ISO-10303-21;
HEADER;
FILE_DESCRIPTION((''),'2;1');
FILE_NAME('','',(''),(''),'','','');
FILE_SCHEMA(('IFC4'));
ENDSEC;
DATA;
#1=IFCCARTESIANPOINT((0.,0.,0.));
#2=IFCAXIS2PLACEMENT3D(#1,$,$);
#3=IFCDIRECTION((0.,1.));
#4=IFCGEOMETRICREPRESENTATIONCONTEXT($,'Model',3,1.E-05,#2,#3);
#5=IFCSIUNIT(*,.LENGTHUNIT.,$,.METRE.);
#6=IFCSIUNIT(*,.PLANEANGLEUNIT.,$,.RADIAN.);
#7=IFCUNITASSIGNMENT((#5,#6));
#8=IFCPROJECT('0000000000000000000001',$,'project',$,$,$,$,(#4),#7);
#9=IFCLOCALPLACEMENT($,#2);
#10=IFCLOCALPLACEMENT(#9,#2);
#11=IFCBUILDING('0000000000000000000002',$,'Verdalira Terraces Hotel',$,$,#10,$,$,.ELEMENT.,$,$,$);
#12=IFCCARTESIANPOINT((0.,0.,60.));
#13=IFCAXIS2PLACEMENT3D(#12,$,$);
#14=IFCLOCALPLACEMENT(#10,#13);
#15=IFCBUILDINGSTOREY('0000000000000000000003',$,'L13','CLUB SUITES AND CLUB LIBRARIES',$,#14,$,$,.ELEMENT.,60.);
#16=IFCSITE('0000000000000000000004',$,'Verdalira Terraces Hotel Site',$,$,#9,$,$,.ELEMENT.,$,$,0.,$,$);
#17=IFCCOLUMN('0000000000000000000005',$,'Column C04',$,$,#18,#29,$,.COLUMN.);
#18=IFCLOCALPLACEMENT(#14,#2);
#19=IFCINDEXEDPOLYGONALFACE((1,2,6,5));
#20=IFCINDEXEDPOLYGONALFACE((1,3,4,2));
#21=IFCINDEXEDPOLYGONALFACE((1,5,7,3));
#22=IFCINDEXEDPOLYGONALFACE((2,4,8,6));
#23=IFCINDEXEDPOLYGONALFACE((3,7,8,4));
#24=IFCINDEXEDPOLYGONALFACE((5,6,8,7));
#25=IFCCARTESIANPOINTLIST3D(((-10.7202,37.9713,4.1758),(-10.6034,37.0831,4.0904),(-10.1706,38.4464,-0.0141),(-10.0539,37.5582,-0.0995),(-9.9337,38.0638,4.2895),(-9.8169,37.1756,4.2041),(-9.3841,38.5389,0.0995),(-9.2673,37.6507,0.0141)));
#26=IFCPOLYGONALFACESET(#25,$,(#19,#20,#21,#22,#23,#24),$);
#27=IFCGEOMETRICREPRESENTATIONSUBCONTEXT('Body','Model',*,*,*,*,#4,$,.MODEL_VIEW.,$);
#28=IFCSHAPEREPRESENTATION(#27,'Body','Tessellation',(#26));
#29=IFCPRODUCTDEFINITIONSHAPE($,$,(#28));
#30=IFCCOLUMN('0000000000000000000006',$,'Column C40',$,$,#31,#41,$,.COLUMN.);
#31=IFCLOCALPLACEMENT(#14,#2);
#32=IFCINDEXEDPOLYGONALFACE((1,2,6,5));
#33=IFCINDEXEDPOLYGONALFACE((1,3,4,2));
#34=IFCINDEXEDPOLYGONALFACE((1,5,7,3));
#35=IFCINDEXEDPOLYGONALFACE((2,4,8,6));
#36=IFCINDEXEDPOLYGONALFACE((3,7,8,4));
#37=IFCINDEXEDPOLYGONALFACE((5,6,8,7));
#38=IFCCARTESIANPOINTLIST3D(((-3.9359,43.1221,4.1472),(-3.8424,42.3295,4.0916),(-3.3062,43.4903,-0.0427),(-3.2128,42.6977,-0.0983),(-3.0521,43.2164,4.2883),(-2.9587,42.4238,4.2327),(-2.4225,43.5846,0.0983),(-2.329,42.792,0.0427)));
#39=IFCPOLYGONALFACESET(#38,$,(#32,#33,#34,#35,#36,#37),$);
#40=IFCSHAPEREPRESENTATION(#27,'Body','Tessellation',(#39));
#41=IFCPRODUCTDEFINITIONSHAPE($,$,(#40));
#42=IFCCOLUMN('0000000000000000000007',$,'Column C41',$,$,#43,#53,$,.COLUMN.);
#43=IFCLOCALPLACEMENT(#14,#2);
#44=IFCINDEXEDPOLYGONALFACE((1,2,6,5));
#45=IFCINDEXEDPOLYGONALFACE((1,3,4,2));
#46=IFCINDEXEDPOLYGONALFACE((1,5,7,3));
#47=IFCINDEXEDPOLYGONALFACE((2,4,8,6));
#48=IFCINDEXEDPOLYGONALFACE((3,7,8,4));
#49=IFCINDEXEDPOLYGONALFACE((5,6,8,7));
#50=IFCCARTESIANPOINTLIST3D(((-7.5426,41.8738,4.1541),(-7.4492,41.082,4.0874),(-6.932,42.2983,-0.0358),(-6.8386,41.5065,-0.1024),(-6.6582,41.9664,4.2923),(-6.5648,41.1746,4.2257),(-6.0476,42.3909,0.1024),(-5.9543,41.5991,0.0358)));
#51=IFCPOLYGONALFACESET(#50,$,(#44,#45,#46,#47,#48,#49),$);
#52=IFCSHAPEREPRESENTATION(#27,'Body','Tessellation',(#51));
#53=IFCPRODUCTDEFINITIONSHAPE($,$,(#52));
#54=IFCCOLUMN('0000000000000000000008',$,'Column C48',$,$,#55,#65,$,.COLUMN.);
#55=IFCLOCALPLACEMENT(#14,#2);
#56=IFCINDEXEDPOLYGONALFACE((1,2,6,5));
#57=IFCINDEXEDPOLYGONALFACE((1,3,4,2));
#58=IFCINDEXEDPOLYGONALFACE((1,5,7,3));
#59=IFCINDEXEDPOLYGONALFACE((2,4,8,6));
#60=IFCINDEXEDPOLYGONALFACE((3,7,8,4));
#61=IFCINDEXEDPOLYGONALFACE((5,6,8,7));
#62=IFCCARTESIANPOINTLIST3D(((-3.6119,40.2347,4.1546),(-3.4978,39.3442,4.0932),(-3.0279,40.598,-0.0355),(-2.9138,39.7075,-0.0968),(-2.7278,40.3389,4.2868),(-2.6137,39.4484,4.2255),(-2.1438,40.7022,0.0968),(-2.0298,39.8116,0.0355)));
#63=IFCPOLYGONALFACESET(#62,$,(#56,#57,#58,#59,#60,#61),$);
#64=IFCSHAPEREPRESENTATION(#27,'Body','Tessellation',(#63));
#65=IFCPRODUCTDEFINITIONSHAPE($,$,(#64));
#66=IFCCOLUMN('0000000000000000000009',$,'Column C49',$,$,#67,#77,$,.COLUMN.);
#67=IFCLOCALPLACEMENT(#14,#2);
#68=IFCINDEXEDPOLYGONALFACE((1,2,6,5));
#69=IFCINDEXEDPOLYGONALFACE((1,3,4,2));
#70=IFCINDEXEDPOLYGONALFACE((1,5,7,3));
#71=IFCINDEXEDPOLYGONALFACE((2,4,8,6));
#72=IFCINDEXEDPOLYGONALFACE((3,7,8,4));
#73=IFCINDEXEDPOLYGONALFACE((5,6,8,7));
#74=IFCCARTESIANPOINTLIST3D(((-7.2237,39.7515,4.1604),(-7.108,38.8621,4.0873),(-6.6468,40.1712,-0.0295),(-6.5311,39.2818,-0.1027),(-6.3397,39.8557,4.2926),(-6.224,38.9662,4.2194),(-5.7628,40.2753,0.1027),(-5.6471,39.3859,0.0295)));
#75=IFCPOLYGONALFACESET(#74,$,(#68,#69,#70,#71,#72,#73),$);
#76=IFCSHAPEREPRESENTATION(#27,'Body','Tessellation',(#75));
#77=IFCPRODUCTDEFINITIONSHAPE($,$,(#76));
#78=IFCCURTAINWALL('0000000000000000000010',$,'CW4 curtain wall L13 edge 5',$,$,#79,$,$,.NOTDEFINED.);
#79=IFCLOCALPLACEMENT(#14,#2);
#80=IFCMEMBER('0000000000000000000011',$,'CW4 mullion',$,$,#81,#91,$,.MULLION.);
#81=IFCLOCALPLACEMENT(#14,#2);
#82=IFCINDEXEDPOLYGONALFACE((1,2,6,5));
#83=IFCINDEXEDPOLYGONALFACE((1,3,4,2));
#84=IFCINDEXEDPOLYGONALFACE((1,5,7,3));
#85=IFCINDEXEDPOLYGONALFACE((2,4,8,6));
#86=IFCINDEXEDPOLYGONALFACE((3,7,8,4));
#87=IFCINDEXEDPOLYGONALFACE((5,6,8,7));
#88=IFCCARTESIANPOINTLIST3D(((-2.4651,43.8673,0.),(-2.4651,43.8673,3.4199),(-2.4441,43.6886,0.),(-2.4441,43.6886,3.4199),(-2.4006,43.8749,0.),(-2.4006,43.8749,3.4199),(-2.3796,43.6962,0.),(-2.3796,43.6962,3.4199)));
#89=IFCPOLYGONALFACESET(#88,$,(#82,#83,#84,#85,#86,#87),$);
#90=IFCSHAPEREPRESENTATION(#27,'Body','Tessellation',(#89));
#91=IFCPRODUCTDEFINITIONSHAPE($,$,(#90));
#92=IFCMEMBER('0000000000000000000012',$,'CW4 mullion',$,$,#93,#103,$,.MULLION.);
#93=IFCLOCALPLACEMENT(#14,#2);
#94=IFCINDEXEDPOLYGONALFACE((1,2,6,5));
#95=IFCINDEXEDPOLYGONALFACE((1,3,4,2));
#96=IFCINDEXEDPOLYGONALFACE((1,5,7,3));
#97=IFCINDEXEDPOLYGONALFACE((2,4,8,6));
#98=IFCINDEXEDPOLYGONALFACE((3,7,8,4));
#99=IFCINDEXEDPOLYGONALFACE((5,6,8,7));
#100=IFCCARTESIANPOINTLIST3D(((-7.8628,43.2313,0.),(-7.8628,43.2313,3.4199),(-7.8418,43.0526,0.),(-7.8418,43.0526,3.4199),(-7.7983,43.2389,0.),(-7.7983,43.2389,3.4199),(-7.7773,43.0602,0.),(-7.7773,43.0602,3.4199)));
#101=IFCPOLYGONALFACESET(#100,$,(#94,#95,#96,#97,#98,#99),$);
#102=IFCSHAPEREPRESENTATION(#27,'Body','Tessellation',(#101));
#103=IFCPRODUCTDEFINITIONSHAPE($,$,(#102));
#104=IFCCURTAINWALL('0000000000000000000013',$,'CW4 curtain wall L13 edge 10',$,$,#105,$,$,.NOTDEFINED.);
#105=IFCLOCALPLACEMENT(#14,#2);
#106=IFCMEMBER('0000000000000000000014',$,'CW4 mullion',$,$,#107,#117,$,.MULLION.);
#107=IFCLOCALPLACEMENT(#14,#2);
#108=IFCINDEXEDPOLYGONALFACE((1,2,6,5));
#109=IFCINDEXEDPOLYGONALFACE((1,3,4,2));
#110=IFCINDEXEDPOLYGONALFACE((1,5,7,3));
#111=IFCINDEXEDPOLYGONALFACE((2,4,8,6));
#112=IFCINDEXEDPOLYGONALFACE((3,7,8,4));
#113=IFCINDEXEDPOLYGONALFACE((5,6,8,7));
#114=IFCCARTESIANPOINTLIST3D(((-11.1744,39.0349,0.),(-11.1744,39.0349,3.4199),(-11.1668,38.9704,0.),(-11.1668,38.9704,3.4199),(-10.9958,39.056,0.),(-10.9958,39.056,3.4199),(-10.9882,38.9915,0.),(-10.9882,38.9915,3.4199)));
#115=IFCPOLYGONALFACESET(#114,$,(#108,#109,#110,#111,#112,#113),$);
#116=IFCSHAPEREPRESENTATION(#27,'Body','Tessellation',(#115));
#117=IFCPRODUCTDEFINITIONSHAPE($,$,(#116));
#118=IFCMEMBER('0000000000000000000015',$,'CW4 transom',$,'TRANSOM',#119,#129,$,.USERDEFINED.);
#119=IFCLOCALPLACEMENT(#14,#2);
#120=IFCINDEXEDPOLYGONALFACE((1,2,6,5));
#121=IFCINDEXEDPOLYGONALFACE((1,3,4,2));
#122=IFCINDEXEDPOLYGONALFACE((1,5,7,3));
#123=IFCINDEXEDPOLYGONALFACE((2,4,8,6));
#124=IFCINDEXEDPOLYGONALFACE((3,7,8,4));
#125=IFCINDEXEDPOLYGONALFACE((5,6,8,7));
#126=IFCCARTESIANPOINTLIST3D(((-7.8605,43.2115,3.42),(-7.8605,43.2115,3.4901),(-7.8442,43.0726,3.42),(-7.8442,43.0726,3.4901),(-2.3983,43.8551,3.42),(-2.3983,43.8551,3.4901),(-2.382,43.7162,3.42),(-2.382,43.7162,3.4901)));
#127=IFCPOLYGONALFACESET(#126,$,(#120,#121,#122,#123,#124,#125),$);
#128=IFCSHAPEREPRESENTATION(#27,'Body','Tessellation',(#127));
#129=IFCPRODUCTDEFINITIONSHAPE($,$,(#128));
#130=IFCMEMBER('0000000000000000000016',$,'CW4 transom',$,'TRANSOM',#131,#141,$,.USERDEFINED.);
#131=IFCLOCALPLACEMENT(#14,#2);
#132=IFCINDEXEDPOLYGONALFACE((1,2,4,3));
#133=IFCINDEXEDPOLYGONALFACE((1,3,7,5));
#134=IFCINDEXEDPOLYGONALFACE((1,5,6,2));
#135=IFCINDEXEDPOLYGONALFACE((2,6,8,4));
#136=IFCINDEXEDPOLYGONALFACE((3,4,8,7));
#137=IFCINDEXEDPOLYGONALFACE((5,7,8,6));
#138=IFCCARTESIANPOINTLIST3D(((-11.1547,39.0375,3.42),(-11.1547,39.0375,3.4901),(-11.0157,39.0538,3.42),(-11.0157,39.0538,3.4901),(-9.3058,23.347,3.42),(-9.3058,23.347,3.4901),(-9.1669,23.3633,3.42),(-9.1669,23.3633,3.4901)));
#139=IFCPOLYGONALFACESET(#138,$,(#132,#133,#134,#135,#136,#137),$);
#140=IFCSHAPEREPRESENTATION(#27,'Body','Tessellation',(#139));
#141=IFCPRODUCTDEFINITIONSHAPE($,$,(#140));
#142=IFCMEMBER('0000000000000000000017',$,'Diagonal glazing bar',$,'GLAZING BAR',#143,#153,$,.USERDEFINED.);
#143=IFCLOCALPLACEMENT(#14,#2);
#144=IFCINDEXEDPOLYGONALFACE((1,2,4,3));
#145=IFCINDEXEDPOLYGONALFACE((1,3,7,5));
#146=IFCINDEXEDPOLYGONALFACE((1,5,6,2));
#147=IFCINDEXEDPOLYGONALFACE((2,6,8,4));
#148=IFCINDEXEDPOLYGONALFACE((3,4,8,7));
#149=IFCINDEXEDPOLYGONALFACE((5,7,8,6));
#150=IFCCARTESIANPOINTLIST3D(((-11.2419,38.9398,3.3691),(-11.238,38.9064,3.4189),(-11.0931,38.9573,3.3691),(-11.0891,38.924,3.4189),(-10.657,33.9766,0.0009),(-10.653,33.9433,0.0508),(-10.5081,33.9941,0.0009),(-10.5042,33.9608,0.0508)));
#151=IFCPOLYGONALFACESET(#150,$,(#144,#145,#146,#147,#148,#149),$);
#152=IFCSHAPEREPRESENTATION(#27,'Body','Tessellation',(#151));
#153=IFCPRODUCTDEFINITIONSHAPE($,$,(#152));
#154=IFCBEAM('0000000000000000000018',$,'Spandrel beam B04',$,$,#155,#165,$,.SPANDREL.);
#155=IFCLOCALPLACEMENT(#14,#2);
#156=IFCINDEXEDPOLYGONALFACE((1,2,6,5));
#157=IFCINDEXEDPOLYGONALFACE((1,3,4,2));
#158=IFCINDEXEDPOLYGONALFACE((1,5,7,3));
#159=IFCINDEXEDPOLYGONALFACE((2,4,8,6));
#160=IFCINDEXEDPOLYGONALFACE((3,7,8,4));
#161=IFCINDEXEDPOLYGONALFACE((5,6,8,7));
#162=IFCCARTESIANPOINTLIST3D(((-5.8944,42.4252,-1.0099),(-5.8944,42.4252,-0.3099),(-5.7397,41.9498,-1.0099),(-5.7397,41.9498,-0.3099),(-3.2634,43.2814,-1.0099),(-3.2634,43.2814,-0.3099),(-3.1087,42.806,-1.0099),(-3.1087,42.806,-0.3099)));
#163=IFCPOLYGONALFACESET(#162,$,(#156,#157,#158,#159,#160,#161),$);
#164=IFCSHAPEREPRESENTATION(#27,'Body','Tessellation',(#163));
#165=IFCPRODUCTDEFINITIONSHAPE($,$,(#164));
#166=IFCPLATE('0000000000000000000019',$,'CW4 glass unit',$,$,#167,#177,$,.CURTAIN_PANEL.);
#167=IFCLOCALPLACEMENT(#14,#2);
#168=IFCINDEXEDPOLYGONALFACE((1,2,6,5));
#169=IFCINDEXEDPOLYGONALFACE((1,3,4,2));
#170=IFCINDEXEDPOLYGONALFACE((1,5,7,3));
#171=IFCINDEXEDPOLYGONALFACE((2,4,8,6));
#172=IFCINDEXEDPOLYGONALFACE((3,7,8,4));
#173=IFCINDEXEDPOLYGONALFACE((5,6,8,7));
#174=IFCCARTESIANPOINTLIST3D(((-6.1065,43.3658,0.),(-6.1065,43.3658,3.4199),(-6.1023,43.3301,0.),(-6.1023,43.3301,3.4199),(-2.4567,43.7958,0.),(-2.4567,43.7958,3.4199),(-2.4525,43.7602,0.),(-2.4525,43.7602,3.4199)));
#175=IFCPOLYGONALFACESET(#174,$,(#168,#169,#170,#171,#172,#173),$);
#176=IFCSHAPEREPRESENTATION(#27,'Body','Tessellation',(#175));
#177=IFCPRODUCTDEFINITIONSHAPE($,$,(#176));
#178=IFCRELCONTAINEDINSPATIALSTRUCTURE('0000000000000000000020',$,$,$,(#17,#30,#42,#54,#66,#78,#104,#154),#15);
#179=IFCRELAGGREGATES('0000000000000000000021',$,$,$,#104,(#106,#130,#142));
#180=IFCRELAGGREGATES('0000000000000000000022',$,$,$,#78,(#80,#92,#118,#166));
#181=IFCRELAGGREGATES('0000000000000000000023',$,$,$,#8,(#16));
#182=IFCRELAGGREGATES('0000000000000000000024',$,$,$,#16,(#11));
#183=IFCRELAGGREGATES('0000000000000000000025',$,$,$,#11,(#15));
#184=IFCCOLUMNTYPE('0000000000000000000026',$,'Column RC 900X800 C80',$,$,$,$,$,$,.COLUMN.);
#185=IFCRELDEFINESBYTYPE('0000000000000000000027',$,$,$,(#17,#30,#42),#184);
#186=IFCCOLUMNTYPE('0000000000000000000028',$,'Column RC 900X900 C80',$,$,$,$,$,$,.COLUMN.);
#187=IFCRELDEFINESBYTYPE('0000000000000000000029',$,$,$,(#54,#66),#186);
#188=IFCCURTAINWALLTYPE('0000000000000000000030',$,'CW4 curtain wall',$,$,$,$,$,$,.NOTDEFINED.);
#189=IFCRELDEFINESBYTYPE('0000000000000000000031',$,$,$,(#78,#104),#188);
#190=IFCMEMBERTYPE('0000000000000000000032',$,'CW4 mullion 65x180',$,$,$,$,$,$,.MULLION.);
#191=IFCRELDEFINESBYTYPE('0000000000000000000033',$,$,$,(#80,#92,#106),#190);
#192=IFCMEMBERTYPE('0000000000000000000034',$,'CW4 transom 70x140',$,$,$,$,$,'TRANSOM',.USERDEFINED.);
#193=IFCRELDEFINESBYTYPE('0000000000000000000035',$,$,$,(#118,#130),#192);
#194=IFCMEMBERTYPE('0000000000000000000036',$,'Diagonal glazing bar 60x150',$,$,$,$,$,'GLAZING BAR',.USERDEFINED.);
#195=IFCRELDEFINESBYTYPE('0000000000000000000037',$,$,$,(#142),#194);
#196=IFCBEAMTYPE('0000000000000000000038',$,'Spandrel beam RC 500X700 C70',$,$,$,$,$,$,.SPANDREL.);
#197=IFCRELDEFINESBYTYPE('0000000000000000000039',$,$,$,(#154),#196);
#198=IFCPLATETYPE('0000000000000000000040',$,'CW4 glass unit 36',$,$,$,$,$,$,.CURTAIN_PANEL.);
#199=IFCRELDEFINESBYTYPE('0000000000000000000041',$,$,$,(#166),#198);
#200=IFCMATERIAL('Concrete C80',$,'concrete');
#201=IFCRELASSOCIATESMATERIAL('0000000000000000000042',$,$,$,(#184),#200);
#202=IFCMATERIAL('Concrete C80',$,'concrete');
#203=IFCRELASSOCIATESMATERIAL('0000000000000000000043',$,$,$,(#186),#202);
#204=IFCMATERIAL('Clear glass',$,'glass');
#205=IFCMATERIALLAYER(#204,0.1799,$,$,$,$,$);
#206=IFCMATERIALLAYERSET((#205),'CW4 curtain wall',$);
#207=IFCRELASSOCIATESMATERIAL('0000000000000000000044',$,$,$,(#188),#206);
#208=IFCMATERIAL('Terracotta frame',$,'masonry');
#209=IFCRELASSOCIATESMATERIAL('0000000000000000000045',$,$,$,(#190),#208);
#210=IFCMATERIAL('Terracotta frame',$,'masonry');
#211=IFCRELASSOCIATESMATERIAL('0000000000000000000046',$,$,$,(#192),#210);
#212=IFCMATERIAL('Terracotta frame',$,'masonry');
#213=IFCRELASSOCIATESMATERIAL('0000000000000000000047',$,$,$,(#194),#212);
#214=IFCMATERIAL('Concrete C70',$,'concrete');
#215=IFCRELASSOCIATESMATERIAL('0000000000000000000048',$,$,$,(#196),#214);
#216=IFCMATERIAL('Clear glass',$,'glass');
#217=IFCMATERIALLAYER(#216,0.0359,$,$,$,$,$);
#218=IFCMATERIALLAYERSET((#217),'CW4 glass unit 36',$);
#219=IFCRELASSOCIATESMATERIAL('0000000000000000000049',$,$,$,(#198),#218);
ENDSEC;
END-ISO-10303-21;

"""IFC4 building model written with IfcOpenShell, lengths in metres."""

from ifc_helpers import new_model, si_unit, direction, frame, origin, origin_2d, place, context, subcontext, project, spatial, rectangle, extrude, material, layer, layer_set, material_profile, profile_set, type_object, element, aggregate, save


model = new_model("IFC4")

# Units and contexts
model_context = context("Model", 3, precision=1e-05, world=origin(), true_north=direction((0.0, 1.0)))
body_context = subcontext(model_context, "Body", "Model", "MODEL_VIEW")
ifc_project = project(units=[si_unit("LENGTHUNIT", "METRE"), si_unit("PLANEANGLEUNIT", "RADIAN")], contexts=[model_context])

# Site, building, storey
site_placement = place(None, origin())
site = spatial("IfcSite", under=ifc_project, at=site_placement, Name="Verdalira Terraces Hotel Site", CompositionType="ELEMENT", RefElevation=0.0)
building_placement = place(site_placement, origin())
building = spatial("IfcBuilding", under=site, at=building_placement, Name="Verdalira Terraces Hotel", CompositionType="ELEMENT")
storey_placement = place(building_placement, frame((0.0, 0.0, 60.0)))
storey = spatial("IfcBuildingStorey", under=building, at=storey_placement, Name="L13", Description="CLUB SUITES AND CLUB LIBRARIES", CompositionType="ELEMENT", Elevation=60.0)

# Columns
ifc_material_1 = material(Name="Concrete C80", Category="concrete")
ifc_material_profile_1 = material_profile(ifc_material_1, rectangle(XDim=0.8999, YDim=0.8, at=origin_2d()), Name="RC 900X800")
ifc_profile_set_1 = profile_set([ifc_material_profile_1], Name="Concrete C80")
column_type_1 = type_object("IfcColumnType", Name="Column RC 900X800 C80", PredefinedType="COLUMN", material=ifc_profile_set_1)
column_1_placement = place(storey_placement, frame((-9.719, 38.0486, 0.0), z_axis=(-0.129234, -0.111723, 0.9853), x_axis=(0.129773, -0.986992, -0.094894)))
element("IfcColumn", 1, at=column_1_placement, inside=storey, type_object=column_type_1, Name="Column C04", PredefinedType="COLUMN", context=body_context, shape_type="SweptSolid", body=[
    extrude(rectangle(XDim=0.8999, YDim=0.8, at=origin_2d()), origin(), (0.0, 0.0, 1.0), 4.2524),
])
column_2_placement = place(storey_placement, frame((-2.8176, 43.1411, 0.0), z_axis=(-0.148047, -0.086567, 0.985184), x_axis=(-0.982058, -0.104788, -0.156785)))
element("IfcColumn", 2, at=column_2_placement, inside=storey, type_object=column_type_1, Name="Column C40", PredefinedType="COLUMN", context=body_context, shape_type="SweptSolid", body=[
    extrude(rectangle(XDim=0.8999, YDim=0.8, at=origin_2d()), origin(), (0.0, 0.0, 1.0), 4.2529),
])
column_3_placement = place(storey_placement, frame((-6.4431, 41.9487, 0.0), z_axis=(-0.143486, -0.099769, 0.98461), x_axis=(-0.982753, -0.102911, -0.153643)))
element("IfcColumn", 3, at=column_3_placement, inside=storey, type_object=column_type_1, Name="Column C41", PredefinedType="COLUMN", context=body_context, shape_type="SweptSolid", body=[
    extrude(rectangle(XDim=0.8999, YDim=0.8, at=origin_2d()), origin(), (0.0, 0.0, 1.0), 4.2554),
])
ifc_material_2 = material(Name="Concrete C80", Category="concrete")
ifc_material_profile_2 = material_profile(ifc_material_2, rectangle(XDim=0.8999, YDim=0.8999, at=origin_2d()), Name="RC 900X900")
ifc_profile_set_2 = profile_set([ifc_material_profile_2], Name="Concrete C80")
column_type_2 = type_object("IfcColumnType", Name="Column RC 900X900 C80", PredefinedType="COLUMN", material=ifc_profile_set_2)
column_4_placement = place(storey_placement, frame((-2.5288, 40.2048, 0.0), z_axis=(-0.137537, -0.085558, 0.986794), x_axis=(-0.126789, 0.989587, 0.068129)))
element("IfcColumn", 4, at=column_4_placement, inside=storey, type_object=column_type_2, Name="Column C48", PredefinedType="COLUMN", context=body_context, shape_type="SweptSolid", body=[
    extrude(rectangle(XDim=0.8999, YDim=0.8999, at=origin_2d()), origin(), (0.0, 0.0, 1.0), 4.2461),
])
column_5_placement = place(storey_placement, frame((-6.147, 39.7786, 0.0), z_axis=(-0.135734, -0.098742, 0.985812), x_axis=(-0.128569, 0.988363, 0.081295)))
element("IfcColumn", 5, at=column_5_placement, inside=storey, type_object=column_type_2, Name="Column C49", PredefinedType="COLUMN", context=body_context, shape_type="SweptSolid", body=[
    extrude(rectangle(XDim=0.8999, YDim=0.8999, at=origin_2d()), origin(), (0.0, 0.0, 1.0), 4.2502),
])

# Curtain wall, members
ifc_material_3 = material(Name="Clear glass", Category="glass")
ifc_layer_1 = layer(ifc_material_3, 0.1799)
ifc_layer_set_1 = layer_set([ifc_layer_1], Name="CW4 curtain wall")
curtain_wall_type = type_object("IfcCurtainWallType", Name="CW4 curtain wall", PredefinedType="NOTDEFINED", material=ifc_layer_set_1)
curtain_wall_1_placement = place(storey_placement, origin())
curtain_wall_1 = element("IfcCurtainWall", 6, at=curtain_wall_1_placement, inside=storey, type_object=curtain_wall_type, Name="CW4 curtain wall L13 edge 5", PredefinedType="NOTDEFINED")
ifc_material_4 = material(Name="Terracotta frame", Category="masonry")
ifc_material_profile_3 = material_profile(ifc_material_4, rectangle(XDim=0.0649, YDim=0.1799, at=origin_2d()), Name="MU 65x180")
ifc_profile_set_3 = profile_set([ifc_material_profile_3], Name="Terracotta frame")
member_type_1 = type_object("IfcMemberType", Name="CW4 mullion 65x180", PredefinedType="MULLION", material=ifc_profile_set_3)
member_1_placement = place(storey_placement, frame((-2.4224, 43.7817, 0.0), z_axis=(0.0, 0.0, 1.0), x_axis=(-0.99313, -0.117017, 0.0)))
member_1 = element("IfcMember", 7, at=member_1_placement, type_object=member_type_1, Name="CW4 mullion", PredefinedType="MULLION", context=body_context, shape_type="SweptSolid", body=[
    extrude(rectangle(XDim=0.0649, YDim=0.1799, at=origin_2d()), origin(), (0.0, 0.0, 1.0), 3.4199),
])
member_2_placement = place(storey_placement, frame((-7.8201, 43.1458, 0.0), z_axis=(0.0, 0.0, 1.0), x_axis=(-0.99313, -0.117017, 0.0)))
member_2 = element("IfcMember", 8, at=member_2_placement, type_object=member_type_1, Name="CW4 mullion", PredefinedType="MULLION", context=body_context, shape_type="SweptSolid", body=[
    extrude(rectangle(XDim=0.0649, YDim=0.1799, at=origin_2d()), origin(), (0.0, 0.0, 1.0), 3.4199),
])

# Curtain wall, member
curtain_wall_2_placement = place(storey_placement, origin())
curtain_wall_2 = element("IfcCurtainWall", 9, at=curtain_wall_2_placement, inside=storey, type_object=curtain_wall_type, Name="CW4 curtain wall L13 edge 10", PredefinedType="NOTDEFINED")
member_3_placement = place(storey_placement, frame((-11.0813, 39.0132, 0.0), z_axis=(0.0, 0.0, 1.0), x_axis=(0.117017, -0.99313, 0.0)))
member_3 = element("IfcMember", 10, at=member_3_placement, type_object=member_type_1, Name="CW4 mullion", PredefinedType="MULLION", context=body_context, shape_type="SweptSolid", body=[
    extrude(rectangle(XDim=0.0649, YDim=0.1799, at=origin_2d()), origin(), (0.0, 0.0, 1.0), 3.4199),
])

# Members
ifc_material_5 = material(Name="Terracotta frame", Category="masonry")
ifc_material_profile_4 = material_profile(ifc_material_5, rectangle(XDim=0.1399, YDim=0.0701, at=origin_2d()), Name="TR 70x140")
ifc_profile_set_4 = profile_set([ifc_material_profile_4], Name="Terracotta frame")
member_type_2 = type_object("IfcMemberType", Name="CW4 transom 70x140", ElementType="TRANSOM", PredefinedType="USERDEFINED", material=ifc_profile_set_4)
member_4_placement = place(storey_placement, frame((-2.3901, 43.7856, 3.4551), z_axis=(-0.993131, -0.117011, 0.0), x_axis=(0.117011, -0.993131, 0.0)))
member_4 = element("IfcMember", 11, at=member_4_placement, type_object=member_type_2, Name="CW4 transom", ObjectType="TRANSOM", PredefinedType="USERDEFINED", context=body_context, shape_type="SweptSolid", body=[
    extrude(rectangle(XDim=0.1399, YDim=0.0701, at=origin_2d()), origin(), (0.0, 0.0, 1.0), 5.5),
])
member_5_placement = place(storey_placement, frame((-11.0852, 39.0457, 3.4551), z_axis=(0.117025, -0.993129, 0.0), x_axis=(0.993129, 0.117025, 0.0)))
member_5 = element("IfcMember", 12, at=member_5_placement, type_object=member_type_2, Name="CW4 transom", ObjectType="TRANSOM", PredefinedType="USERDEFINED", context=body_context, shape_type="SweptSolid", body=[
    extrude(rectangle(XDim=0.1399, YDim=0.0701, at=origin_2d()), origin(), (0.0, 0.0, 1.0), 15.7991),
])
ifc_material_6 = material(Name="Terracotta frame", Category="masonry")
ifc_material_profile_5 = material_profile(ifc_material_6, rectangle(XDim=0.1499, YDim=0.0601, at=origin_2d()), Name="GB 60x150")
ifc_profile_set_5 = profile_set([ifc_material_profile_5], Name="Terracotta frame")
member_type_3 = type_object("IfcMemberType", Name="Diagonal glazing bar 60x150", ElementType="GLAZING BAR", PredefinedType="USERDEFINED", material=ifc_profile_set_5)
member_6_placement = place(storey_placement, frame((-11.1655, 38.9319, 3.394), z_axis=(0.097064, -0.823544, -0.558887), x_axis=(0.993126, 0.117051, 0.0)))
member_6 = element("IfcMember", 13, at=member_6_placement, type_object=member_type_3, Name="Diagonal glazing bar", ObjectType="GLAZING BAR", PredefinedType="USERDEFINED", context=body_context, shape_type="SweptSolid", body=[
    extrude(rectangle(XDim=0.1499, YDim=0.0601, at=origin_2d()), origin(), (0.0, 0.0, 1.0), 6.0266),
])
aggregate(curtain_wall_2, [member_3, member_5, member_6])

# Beam
ifc_material_7 = material(Name="Concrete C70", Category="concrete")
ifc_material_profile_6 = material_profile(ifc_material_7, rectangle(XDim=0.5, YDim=0.7, at=origin_2d()), Name="RC 500X700")
ifc_profile_set_6 = profile_set([ifc_material_profile_6], Name="Concrete C70")
beam_type = type_object("IfcBeamType", Name="Spandrel beam RC 500X700 C70", PredefinedType="SPANDREL", material=ifc_profile_set_6)
beam_placement = place(storey_placement, frame((-3.186, 43.0437, -0.6599), z_axis=(-0.950918, -0.309443, 0.0), x_axis=(0.309443, -0.950918, 0.0)))
element("IfcBeam", 14, at=beam_placement, inside=storey, type_object=beam_type, Name="Spandrel beam B04", PredefinedType="SPANDREL", context=body_context, shape_type="SweptSolid", body=[
    extrude(rectangle(XDim=0.5, YDim=0.7, at=origin_2d()), origin(), (0.0, 0.0, 1.0), 2.7668),
])

# Plate
ifc_material_8 = material(Name="Clear glass", Category="glass")
ifc_layer_2 = layer(ifc_material_8, 0.0359)
ifc_layer_set_2 = layer_set([ifc_layer_2], Name="CW4 glass unit 36")
plate_type = type_object("IfcPlateType", Name="CW4 glass unit 36", PredefinedType="CURTAIN_PANEL", material=ifc_layer_set_2)
plate_placement = place(storey_placement, frame((-4.2795, 43.563, 0.0), z_axis=(0.0, 0.0, 1.0), x_axis=(-0.99313, -0.117017, 0.0)))
plate = element("IfcPlate", 15, at=plate_placement, type_object=plate_type, Name="CW4 glass unit", PredefinedType="CURTAIN_PANEL", context=body_context, shape_type="SweptSolid", body=[
    extrude(rectangle(XDim=3.675, YDim=0.0359, at=origin_2d()), origin(), (0.0, 0.0, 1.0), 3.4199),
])
aggregate(curtain_wall_1, [member_1, member_2, member_4, plate])

save(model, "model.ifc")
